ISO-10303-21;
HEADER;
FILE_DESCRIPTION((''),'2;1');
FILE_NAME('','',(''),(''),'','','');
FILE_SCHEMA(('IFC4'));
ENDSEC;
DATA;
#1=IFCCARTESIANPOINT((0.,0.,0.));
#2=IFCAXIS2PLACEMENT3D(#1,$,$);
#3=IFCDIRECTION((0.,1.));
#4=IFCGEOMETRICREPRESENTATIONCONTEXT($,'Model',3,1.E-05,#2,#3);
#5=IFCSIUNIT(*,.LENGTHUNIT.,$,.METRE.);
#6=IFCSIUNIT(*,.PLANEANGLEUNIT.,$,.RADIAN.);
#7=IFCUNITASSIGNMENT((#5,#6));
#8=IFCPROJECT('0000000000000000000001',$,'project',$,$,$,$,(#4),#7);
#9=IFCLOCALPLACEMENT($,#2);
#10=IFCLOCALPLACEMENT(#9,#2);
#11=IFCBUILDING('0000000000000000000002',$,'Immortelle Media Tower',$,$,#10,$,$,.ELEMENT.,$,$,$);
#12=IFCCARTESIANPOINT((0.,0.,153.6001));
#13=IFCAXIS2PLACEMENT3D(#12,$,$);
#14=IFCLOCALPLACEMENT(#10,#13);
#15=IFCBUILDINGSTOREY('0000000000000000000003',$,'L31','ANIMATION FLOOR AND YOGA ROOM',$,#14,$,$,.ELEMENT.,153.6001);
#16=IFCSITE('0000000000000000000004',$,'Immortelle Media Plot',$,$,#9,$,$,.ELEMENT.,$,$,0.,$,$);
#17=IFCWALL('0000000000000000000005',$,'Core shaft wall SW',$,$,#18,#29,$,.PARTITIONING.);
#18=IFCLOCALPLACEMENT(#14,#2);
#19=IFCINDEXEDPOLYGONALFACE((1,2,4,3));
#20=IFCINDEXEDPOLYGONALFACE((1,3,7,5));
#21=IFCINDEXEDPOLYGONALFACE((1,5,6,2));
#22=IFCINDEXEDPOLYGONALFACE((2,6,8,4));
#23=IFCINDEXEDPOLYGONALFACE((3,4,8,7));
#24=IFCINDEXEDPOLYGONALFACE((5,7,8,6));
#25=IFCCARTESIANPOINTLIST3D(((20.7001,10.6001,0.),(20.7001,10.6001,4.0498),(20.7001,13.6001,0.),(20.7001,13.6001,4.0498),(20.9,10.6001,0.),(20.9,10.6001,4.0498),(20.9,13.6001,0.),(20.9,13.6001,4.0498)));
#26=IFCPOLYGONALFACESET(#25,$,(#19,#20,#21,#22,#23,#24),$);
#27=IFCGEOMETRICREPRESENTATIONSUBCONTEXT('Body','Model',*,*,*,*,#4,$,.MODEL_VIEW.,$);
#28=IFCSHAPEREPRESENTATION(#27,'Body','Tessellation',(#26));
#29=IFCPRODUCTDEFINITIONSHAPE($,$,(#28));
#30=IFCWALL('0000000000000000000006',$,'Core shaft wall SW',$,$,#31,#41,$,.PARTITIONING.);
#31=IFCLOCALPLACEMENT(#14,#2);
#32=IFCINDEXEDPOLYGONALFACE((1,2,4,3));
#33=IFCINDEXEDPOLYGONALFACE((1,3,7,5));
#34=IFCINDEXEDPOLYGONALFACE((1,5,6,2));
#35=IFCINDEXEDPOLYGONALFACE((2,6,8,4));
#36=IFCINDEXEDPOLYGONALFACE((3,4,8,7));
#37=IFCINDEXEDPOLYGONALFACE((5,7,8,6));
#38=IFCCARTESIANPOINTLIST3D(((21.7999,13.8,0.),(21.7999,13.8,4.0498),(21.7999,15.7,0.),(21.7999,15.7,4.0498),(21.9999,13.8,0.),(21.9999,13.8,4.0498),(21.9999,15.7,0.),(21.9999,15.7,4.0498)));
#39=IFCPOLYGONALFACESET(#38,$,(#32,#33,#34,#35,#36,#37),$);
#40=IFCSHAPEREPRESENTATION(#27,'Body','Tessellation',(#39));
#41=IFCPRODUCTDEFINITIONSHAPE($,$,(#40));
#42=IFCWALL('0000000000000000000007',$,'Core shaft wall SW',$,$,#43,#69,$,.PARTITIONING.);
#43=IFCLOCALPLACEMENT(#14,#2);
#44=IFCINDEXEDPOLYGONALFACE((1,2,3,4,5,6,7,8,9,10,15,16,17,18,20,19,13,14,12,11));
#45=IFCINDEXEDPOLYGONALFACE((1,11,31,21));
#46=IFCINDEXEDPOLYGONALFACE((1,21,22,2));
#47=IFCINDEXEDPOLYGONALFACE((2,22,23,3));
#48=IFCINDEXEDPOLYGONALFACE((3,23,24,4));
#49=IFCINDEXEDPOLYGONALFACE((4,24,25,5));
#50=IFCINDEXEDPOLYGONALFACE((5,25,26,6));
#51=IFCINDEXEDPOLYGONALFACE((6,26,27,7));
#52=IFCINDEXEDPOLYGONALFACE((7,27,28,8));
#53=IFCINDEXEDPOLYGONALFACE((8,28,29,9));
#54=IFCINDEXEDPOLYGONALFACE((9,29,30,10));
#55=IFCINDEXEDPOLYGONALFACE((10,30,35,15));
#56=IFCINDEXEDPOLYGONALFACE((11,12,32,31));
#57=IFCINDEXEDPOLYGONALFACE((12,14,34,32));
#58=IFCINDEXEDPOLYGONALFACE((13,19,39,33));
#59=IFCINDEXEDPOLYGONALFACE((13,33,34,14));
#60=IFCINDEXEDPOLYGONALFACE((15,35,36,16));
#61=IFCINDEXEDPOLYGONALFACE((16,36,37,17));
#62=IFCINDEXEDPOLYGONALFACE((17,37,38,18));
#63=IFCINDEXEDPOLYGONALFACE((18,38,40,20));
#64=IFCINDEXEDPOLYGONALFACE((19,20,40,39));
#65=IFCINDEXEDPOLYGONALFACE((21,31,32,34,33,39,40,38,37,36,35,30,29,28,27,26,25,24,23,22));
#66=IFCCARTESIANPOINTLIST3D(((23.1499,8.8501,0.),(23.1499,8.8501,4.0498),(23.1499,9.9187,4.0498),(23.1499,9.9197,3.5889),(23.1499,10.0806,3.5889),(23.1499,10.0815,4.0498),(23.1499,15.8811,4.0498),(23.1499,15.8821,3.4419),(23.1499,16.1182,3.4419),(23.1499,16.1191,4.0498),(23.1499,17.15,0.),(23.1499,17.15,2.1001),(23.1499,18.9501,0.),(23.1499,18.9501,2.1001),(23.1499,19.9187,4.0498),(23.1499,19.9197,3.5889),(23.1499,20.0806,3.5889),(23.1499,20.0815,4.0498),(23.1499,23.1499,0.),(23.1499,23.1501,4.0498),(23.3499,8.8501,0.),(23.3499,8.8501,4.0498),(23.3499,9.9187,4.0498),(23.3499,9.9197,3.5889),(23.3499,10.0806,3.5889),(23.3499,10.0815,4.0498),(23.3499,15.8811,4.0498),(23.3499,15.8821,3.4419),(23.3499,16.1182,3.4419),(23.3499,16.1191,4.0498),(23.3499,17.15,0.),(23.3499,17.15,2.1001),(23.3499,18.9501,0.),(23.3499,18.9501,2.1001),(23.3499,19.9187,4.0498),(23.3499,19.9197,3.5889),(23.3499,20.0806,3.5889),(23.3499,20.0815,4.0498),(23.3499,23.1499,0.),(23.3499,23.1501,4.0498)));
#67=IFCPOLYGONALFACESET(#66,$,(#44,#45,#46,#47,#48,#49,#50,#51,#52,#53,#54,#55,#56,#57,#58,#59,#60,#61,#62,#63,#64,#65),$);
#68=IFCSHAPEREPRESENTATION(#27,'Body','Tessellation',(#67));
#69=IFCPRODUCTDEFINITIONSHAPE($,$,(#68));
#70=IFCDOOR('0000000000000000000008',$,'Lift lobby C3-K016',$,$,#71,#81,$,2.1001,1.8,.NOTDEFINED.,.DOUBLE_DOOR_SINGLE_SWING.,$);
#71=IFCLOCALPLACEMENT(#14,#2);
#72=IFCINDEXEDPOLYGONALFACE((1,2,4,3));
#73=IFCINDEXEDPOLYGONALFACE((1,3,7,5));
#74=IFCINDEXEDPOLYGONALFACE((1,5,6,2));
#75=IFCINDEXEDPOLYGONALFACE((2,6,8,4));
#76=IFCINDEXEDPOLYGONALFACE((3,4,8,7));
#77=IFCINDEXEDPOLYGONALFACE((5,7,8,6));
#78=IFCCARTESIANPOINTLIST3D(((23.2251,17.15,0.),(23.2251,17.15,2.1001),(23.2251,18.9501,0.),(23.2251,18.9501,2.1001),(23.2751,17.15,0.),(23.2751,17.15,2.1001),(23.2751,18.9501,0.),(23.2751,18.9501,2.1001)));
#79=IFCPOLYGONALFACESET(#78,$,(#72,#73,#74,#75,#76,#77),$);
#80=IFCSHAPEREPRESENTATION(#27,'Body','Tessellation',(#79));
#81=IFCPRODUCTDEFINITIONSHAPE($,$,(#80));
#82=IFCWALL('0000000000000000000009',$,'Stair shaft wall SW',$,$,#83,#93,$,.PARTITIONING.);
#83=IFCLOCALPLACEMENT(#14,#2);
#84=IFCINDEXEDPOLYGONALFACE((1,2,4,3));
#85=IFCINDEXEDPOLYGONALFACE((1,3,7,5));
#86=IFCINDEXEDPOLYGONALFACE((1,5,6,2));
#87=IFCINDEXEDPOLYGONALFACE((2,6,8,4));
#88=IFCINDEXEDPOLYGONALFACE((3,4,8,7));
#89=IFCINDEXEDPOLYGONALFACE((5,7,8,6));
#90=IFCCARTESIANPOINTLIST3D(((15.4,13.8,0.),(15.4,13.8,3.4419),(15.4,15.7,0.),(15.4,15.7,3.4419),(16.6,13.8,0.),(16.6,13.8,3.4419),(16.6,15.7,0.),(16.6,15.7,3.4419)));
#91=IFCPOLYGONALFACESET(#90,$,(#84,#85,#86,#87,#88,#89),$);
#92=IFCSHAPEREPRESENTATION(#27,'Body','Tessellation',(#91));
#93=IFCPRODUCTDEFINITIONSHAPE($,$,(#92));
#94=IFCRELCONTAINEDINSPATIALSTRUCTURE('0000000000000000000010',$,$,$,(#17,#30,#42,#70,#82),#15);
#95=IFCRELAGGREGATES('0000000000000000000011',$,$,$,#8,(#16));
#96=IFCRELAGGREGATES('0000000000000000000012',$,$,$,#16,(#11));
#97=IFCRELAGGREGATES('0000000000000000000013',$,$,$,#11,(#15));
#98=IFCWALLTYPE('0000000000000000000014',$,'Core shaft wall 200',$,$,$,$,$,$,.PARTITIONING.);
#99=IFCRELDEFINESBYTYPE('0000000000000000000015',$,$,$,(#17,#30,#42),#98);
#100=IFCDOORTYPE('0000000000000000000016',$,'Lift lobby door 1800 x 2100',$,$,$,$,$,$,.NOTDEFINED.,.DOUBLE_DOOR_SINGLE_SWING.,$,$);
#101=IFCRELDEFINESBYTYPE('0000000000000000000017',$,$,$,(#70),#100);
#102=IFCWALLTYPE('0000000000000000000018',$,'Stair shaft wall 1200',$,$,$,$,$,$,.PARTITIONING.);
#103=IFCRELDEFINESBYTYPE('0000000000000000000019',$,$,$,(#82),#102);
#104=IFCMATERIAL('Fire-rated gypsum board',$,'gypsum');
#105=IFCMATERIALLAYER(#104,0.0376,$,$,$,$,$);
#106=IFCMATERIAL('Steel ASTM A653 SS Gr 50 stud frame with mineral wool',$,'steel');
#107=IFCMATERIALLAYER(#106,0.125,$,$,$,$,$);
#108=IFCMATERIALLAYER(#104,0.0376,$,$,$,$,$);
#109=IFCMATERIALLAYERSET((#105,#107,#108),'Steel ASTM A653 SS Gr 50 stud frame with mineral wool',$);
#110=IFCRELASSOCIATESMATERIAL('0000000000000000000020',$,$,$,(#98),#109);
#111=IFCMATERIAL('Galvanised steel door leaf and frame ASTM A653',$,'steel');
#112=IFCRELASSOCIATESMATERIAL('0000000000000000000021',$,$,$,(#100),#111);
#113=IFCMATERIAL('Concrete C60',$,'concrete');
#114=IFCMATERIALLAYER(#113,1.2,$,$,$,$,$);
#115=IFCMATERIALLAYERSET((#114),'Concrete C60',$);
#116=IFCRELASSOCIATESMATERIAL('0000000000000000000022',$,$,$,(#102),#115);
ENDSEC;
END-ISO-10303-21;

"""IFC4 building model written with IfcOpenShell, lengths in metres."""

from ifc_helpers import new_model, si_unit, direction, frame, frame_2d, origin, place, context, subcontext, project, spatial, polyline, rectangle, outline, extrude, material, layer, layer_set, type_object, element, fill, save


model = new_model("IFC4")

# Units and contexts
model_context = context("Model", 3, precision=1e-05, world=origin(), true_north=direction((0.0, 1.0)))
body_context = subcontext(model_context, "Body", "Model", "MODEL_VIEW")
ifc_project = project(units=[si_unit("LENGTHUNIT", "METRE"), si_unit("PLANEANGLEUNIT", "RADIAN")], contexts=[model_context])

# Site, building, storey
site_placement = place(None, origin())
site = spatial("IfcSite", under=ifc_project, at=site_placement, Name="Immortelle Media Plot", CompositionType="ELEMENT", RefElevation=0.0)
building_placement = place(site_placement, origin())
building = spatial("IfcBuilding", under=site, at=building_placement, Name="Immortelle Media Tower", CompositionType="ELEMENT")
storey_placement = place(building_placement, frame((0.0, 0.0, 153.6001)))
storey = spatial("IfcBuildingStorey", under=building, at=storey_placement, Name="L31", Description="ANIMATION FLOOR AND YOGA ROOM", CompositionType="ELEMENT", Elevation=153.6001)

# Shared definitions
ifc_material_1 = material(Name="Galvanised steel door leaf and frame ASTM A653", Category="steel")

# Walls
ifc_material_2 = material(Name="Fire-rated gypsum board", Category="gypsum")
ifc_layer_1 = layer(ifc_material_2, 0.0376)
ifc_material_3 = material(Name="Steel ASTM A653 SS Gr 50 stud frame with mineral wool", Category="steel")
ifc_layer_2 = layer(ifc_material_3, 0.125)
ifc_layer_3 = layer(ifc_material_2, 0.0376)
ifc_layer_set_1 = layer_set([ifc_layer_1, ifc_layer_2, ifc_layer_3], Name="Steel ASTM A653 SS Gr 50 stud frame with mineral wool")
wall_type_1 = type_object("IfcWallType", Name="Core shaft wall 200", PredefinedType="PARTITIONING", material=ifc_layer_set_1)
wall_1_placement = place(storey_placement, frame((20.8, 10.6001, 0.0), z_axis=(0.0, 0.0, 1.0), x_axis=(0.0, 1.0, 0.0)))
element("IfcWall", 1, at=wall_1_placement, inside=storey, type_object=wall_type_1, Name="Core shaft wall SW", PredefinedType="PARTITIONING", context=body_context, shape_type="SweptSolid", body=[
    extrude(rectangle(XDim=3.0, YDim=0.2, at=frame_2d((1.5, 0.0))), origin(), (0.0, 0.0, 1.0), 4.0498),
])
wall_2_placement = place(storey_placement, frame((21.8999, 13.8, 0.0), z_axis=(0.0, 0.0, 1.0), x_axis=(0.0, 1.0, 0.0)))
element("IfcWall", 2, at=wall_2_placement, inside=storey, type_object=wall_type_1, Name="Core shaft wall SW", PredefinedType="PARTITIONING", context=body_context, shape_type="SweptSolid", body=[
    extrude(rectangle(XDim=1.8999, YDim=0.2, at=frame_2d((0.95, 0.0))), origin(), (0.0, 0.0, 1.0), 4.0498),
])

# Wall, opening, door
wall_3_placement = place(storey_placement, frame((23.25, 8.8501, 0.0), z_axis=(0.0, 0.0, 1.0), x_axis=(0.0, 1.0, 0.0)))
wall_3 = element("IfcWall", 3, at=wall_3_placement, inside=storey, type_object=wall_type_1, Name="Core shaft wall SW", PredefinedType="PARTITIONING", context=body_context, shape_type="SweptSolid", body=[
    extrude(outline(polyline([(0.0, 0.0), (14.2998, 0.0), (14.3, 4.0498), (11.2314, 4.0498), (11.2305, 3.5889), (11.0696, 3.5889), (11.0686, 4.0498), (7.269, 4.0498), (7.2681, 3.4419), (7.032, 3.4419), (7.031, 4.0498), (1.2314, 4.0498), (1.2305, 3.5889), (1.0696, 3.5889), (1.0686, 4.0498), (0.0, 4.0498), (0.0, 0.0)])), frame((0.0, 0.1001, 0.0), z_axis=(0.0, -1.0, 0.0), x_axis=(1.0, 0.0, 0.0)), (0.0, 0.0, 1.0), 0.2),
])
opening_1_placement = place(wall_3_placement, frame((8.3, 0.0, 0.0)))
opening_1 = element("IfcOpeningElement", 4, at=opening_1_placement, cuts=wall_3, PredefinedType="OPENING", context=body_context, shape_type="SweptSolid", body=[
    extrude(rectangle(XDim=1.8, YDim=2.1001, at=frame_2d((0.8999, 1.05))), frame((0.0, 0.1099, 0.0), z_axis=(0.0, -1.0, 0.0), x_axis=(1.0, 0.0, 0.0)), (0.0, 0.0, 1.0), 0.22),
])
door_type_1 = type_object("IfcDoorType", Name="Lift lobby door 1800 x 2100", OperationType="DOUBLE_DOOR_SINGLE_SWING", PredefinedType="NOTDEFINED", material=ifc_material_1)
door_1_placement = place(opening_1_placement, origin())
door_1 = element("IfcDoor", 5, at=door_1_placement, inside=storey, type_object=door_type_1, Name="Lift lobby C3-K016", OperationType="DOUBLE_DOOR_SINGLE_SWING", OverallHeight=2.1001, OverallWidth=1.8, PredefinedType="NOTDEFINED", context=body_context, shape_type="SweptSolid", body=[
    extrude(rectangle(XDim=1.8, YDim=2.1001, at=frame_2d((0.8999, 1.05))), frame((0.0, 0.0249, 0.0), z_axis=(0.0, -1.0, 0.0), x_axis=(1.0, 0.0, 0.0)), (0.0, 0.0, 1.0), 0.05),
])
fill(opening_1, door_1)

# Wall
ifc_material_4 = material(Name="Concrete C60", Category="concrete")
ifc_layer_4 = layer(ifc_material_4, 1.2)
ifc_layer_set_2 = layer_set([ifc_layer_4], Name="Concrete C60")
wall_type_2 = type_object("IfcWallType", Name="Stair shaft wall 1200", PredefinedType="PARTITIONING", material=ifc_layer_set_2)
wall_4_placement = place(storey_placement, frame((16.0, 13.8, 0.0), z_axis=(0.0, 0.0, 1.0), x_axis=(0.0, 1.0, 0.0)))
element("IfcWall", 6, at=wall_4_placement, inside=storey, type_object=wall_type_2, Name="Stair shaft wall SW", PredefinedType="PARTITIONING", context=body_context, shape_type="SweptSolid", body=[
    extrude(rectangle(XDim=1.8999, YDim=1.2, at=frame_2d((0.95, 0.0))), origin(), (0.0, 0.0, 1.0), 3.4419),
])

save(model, "model.ifc")
